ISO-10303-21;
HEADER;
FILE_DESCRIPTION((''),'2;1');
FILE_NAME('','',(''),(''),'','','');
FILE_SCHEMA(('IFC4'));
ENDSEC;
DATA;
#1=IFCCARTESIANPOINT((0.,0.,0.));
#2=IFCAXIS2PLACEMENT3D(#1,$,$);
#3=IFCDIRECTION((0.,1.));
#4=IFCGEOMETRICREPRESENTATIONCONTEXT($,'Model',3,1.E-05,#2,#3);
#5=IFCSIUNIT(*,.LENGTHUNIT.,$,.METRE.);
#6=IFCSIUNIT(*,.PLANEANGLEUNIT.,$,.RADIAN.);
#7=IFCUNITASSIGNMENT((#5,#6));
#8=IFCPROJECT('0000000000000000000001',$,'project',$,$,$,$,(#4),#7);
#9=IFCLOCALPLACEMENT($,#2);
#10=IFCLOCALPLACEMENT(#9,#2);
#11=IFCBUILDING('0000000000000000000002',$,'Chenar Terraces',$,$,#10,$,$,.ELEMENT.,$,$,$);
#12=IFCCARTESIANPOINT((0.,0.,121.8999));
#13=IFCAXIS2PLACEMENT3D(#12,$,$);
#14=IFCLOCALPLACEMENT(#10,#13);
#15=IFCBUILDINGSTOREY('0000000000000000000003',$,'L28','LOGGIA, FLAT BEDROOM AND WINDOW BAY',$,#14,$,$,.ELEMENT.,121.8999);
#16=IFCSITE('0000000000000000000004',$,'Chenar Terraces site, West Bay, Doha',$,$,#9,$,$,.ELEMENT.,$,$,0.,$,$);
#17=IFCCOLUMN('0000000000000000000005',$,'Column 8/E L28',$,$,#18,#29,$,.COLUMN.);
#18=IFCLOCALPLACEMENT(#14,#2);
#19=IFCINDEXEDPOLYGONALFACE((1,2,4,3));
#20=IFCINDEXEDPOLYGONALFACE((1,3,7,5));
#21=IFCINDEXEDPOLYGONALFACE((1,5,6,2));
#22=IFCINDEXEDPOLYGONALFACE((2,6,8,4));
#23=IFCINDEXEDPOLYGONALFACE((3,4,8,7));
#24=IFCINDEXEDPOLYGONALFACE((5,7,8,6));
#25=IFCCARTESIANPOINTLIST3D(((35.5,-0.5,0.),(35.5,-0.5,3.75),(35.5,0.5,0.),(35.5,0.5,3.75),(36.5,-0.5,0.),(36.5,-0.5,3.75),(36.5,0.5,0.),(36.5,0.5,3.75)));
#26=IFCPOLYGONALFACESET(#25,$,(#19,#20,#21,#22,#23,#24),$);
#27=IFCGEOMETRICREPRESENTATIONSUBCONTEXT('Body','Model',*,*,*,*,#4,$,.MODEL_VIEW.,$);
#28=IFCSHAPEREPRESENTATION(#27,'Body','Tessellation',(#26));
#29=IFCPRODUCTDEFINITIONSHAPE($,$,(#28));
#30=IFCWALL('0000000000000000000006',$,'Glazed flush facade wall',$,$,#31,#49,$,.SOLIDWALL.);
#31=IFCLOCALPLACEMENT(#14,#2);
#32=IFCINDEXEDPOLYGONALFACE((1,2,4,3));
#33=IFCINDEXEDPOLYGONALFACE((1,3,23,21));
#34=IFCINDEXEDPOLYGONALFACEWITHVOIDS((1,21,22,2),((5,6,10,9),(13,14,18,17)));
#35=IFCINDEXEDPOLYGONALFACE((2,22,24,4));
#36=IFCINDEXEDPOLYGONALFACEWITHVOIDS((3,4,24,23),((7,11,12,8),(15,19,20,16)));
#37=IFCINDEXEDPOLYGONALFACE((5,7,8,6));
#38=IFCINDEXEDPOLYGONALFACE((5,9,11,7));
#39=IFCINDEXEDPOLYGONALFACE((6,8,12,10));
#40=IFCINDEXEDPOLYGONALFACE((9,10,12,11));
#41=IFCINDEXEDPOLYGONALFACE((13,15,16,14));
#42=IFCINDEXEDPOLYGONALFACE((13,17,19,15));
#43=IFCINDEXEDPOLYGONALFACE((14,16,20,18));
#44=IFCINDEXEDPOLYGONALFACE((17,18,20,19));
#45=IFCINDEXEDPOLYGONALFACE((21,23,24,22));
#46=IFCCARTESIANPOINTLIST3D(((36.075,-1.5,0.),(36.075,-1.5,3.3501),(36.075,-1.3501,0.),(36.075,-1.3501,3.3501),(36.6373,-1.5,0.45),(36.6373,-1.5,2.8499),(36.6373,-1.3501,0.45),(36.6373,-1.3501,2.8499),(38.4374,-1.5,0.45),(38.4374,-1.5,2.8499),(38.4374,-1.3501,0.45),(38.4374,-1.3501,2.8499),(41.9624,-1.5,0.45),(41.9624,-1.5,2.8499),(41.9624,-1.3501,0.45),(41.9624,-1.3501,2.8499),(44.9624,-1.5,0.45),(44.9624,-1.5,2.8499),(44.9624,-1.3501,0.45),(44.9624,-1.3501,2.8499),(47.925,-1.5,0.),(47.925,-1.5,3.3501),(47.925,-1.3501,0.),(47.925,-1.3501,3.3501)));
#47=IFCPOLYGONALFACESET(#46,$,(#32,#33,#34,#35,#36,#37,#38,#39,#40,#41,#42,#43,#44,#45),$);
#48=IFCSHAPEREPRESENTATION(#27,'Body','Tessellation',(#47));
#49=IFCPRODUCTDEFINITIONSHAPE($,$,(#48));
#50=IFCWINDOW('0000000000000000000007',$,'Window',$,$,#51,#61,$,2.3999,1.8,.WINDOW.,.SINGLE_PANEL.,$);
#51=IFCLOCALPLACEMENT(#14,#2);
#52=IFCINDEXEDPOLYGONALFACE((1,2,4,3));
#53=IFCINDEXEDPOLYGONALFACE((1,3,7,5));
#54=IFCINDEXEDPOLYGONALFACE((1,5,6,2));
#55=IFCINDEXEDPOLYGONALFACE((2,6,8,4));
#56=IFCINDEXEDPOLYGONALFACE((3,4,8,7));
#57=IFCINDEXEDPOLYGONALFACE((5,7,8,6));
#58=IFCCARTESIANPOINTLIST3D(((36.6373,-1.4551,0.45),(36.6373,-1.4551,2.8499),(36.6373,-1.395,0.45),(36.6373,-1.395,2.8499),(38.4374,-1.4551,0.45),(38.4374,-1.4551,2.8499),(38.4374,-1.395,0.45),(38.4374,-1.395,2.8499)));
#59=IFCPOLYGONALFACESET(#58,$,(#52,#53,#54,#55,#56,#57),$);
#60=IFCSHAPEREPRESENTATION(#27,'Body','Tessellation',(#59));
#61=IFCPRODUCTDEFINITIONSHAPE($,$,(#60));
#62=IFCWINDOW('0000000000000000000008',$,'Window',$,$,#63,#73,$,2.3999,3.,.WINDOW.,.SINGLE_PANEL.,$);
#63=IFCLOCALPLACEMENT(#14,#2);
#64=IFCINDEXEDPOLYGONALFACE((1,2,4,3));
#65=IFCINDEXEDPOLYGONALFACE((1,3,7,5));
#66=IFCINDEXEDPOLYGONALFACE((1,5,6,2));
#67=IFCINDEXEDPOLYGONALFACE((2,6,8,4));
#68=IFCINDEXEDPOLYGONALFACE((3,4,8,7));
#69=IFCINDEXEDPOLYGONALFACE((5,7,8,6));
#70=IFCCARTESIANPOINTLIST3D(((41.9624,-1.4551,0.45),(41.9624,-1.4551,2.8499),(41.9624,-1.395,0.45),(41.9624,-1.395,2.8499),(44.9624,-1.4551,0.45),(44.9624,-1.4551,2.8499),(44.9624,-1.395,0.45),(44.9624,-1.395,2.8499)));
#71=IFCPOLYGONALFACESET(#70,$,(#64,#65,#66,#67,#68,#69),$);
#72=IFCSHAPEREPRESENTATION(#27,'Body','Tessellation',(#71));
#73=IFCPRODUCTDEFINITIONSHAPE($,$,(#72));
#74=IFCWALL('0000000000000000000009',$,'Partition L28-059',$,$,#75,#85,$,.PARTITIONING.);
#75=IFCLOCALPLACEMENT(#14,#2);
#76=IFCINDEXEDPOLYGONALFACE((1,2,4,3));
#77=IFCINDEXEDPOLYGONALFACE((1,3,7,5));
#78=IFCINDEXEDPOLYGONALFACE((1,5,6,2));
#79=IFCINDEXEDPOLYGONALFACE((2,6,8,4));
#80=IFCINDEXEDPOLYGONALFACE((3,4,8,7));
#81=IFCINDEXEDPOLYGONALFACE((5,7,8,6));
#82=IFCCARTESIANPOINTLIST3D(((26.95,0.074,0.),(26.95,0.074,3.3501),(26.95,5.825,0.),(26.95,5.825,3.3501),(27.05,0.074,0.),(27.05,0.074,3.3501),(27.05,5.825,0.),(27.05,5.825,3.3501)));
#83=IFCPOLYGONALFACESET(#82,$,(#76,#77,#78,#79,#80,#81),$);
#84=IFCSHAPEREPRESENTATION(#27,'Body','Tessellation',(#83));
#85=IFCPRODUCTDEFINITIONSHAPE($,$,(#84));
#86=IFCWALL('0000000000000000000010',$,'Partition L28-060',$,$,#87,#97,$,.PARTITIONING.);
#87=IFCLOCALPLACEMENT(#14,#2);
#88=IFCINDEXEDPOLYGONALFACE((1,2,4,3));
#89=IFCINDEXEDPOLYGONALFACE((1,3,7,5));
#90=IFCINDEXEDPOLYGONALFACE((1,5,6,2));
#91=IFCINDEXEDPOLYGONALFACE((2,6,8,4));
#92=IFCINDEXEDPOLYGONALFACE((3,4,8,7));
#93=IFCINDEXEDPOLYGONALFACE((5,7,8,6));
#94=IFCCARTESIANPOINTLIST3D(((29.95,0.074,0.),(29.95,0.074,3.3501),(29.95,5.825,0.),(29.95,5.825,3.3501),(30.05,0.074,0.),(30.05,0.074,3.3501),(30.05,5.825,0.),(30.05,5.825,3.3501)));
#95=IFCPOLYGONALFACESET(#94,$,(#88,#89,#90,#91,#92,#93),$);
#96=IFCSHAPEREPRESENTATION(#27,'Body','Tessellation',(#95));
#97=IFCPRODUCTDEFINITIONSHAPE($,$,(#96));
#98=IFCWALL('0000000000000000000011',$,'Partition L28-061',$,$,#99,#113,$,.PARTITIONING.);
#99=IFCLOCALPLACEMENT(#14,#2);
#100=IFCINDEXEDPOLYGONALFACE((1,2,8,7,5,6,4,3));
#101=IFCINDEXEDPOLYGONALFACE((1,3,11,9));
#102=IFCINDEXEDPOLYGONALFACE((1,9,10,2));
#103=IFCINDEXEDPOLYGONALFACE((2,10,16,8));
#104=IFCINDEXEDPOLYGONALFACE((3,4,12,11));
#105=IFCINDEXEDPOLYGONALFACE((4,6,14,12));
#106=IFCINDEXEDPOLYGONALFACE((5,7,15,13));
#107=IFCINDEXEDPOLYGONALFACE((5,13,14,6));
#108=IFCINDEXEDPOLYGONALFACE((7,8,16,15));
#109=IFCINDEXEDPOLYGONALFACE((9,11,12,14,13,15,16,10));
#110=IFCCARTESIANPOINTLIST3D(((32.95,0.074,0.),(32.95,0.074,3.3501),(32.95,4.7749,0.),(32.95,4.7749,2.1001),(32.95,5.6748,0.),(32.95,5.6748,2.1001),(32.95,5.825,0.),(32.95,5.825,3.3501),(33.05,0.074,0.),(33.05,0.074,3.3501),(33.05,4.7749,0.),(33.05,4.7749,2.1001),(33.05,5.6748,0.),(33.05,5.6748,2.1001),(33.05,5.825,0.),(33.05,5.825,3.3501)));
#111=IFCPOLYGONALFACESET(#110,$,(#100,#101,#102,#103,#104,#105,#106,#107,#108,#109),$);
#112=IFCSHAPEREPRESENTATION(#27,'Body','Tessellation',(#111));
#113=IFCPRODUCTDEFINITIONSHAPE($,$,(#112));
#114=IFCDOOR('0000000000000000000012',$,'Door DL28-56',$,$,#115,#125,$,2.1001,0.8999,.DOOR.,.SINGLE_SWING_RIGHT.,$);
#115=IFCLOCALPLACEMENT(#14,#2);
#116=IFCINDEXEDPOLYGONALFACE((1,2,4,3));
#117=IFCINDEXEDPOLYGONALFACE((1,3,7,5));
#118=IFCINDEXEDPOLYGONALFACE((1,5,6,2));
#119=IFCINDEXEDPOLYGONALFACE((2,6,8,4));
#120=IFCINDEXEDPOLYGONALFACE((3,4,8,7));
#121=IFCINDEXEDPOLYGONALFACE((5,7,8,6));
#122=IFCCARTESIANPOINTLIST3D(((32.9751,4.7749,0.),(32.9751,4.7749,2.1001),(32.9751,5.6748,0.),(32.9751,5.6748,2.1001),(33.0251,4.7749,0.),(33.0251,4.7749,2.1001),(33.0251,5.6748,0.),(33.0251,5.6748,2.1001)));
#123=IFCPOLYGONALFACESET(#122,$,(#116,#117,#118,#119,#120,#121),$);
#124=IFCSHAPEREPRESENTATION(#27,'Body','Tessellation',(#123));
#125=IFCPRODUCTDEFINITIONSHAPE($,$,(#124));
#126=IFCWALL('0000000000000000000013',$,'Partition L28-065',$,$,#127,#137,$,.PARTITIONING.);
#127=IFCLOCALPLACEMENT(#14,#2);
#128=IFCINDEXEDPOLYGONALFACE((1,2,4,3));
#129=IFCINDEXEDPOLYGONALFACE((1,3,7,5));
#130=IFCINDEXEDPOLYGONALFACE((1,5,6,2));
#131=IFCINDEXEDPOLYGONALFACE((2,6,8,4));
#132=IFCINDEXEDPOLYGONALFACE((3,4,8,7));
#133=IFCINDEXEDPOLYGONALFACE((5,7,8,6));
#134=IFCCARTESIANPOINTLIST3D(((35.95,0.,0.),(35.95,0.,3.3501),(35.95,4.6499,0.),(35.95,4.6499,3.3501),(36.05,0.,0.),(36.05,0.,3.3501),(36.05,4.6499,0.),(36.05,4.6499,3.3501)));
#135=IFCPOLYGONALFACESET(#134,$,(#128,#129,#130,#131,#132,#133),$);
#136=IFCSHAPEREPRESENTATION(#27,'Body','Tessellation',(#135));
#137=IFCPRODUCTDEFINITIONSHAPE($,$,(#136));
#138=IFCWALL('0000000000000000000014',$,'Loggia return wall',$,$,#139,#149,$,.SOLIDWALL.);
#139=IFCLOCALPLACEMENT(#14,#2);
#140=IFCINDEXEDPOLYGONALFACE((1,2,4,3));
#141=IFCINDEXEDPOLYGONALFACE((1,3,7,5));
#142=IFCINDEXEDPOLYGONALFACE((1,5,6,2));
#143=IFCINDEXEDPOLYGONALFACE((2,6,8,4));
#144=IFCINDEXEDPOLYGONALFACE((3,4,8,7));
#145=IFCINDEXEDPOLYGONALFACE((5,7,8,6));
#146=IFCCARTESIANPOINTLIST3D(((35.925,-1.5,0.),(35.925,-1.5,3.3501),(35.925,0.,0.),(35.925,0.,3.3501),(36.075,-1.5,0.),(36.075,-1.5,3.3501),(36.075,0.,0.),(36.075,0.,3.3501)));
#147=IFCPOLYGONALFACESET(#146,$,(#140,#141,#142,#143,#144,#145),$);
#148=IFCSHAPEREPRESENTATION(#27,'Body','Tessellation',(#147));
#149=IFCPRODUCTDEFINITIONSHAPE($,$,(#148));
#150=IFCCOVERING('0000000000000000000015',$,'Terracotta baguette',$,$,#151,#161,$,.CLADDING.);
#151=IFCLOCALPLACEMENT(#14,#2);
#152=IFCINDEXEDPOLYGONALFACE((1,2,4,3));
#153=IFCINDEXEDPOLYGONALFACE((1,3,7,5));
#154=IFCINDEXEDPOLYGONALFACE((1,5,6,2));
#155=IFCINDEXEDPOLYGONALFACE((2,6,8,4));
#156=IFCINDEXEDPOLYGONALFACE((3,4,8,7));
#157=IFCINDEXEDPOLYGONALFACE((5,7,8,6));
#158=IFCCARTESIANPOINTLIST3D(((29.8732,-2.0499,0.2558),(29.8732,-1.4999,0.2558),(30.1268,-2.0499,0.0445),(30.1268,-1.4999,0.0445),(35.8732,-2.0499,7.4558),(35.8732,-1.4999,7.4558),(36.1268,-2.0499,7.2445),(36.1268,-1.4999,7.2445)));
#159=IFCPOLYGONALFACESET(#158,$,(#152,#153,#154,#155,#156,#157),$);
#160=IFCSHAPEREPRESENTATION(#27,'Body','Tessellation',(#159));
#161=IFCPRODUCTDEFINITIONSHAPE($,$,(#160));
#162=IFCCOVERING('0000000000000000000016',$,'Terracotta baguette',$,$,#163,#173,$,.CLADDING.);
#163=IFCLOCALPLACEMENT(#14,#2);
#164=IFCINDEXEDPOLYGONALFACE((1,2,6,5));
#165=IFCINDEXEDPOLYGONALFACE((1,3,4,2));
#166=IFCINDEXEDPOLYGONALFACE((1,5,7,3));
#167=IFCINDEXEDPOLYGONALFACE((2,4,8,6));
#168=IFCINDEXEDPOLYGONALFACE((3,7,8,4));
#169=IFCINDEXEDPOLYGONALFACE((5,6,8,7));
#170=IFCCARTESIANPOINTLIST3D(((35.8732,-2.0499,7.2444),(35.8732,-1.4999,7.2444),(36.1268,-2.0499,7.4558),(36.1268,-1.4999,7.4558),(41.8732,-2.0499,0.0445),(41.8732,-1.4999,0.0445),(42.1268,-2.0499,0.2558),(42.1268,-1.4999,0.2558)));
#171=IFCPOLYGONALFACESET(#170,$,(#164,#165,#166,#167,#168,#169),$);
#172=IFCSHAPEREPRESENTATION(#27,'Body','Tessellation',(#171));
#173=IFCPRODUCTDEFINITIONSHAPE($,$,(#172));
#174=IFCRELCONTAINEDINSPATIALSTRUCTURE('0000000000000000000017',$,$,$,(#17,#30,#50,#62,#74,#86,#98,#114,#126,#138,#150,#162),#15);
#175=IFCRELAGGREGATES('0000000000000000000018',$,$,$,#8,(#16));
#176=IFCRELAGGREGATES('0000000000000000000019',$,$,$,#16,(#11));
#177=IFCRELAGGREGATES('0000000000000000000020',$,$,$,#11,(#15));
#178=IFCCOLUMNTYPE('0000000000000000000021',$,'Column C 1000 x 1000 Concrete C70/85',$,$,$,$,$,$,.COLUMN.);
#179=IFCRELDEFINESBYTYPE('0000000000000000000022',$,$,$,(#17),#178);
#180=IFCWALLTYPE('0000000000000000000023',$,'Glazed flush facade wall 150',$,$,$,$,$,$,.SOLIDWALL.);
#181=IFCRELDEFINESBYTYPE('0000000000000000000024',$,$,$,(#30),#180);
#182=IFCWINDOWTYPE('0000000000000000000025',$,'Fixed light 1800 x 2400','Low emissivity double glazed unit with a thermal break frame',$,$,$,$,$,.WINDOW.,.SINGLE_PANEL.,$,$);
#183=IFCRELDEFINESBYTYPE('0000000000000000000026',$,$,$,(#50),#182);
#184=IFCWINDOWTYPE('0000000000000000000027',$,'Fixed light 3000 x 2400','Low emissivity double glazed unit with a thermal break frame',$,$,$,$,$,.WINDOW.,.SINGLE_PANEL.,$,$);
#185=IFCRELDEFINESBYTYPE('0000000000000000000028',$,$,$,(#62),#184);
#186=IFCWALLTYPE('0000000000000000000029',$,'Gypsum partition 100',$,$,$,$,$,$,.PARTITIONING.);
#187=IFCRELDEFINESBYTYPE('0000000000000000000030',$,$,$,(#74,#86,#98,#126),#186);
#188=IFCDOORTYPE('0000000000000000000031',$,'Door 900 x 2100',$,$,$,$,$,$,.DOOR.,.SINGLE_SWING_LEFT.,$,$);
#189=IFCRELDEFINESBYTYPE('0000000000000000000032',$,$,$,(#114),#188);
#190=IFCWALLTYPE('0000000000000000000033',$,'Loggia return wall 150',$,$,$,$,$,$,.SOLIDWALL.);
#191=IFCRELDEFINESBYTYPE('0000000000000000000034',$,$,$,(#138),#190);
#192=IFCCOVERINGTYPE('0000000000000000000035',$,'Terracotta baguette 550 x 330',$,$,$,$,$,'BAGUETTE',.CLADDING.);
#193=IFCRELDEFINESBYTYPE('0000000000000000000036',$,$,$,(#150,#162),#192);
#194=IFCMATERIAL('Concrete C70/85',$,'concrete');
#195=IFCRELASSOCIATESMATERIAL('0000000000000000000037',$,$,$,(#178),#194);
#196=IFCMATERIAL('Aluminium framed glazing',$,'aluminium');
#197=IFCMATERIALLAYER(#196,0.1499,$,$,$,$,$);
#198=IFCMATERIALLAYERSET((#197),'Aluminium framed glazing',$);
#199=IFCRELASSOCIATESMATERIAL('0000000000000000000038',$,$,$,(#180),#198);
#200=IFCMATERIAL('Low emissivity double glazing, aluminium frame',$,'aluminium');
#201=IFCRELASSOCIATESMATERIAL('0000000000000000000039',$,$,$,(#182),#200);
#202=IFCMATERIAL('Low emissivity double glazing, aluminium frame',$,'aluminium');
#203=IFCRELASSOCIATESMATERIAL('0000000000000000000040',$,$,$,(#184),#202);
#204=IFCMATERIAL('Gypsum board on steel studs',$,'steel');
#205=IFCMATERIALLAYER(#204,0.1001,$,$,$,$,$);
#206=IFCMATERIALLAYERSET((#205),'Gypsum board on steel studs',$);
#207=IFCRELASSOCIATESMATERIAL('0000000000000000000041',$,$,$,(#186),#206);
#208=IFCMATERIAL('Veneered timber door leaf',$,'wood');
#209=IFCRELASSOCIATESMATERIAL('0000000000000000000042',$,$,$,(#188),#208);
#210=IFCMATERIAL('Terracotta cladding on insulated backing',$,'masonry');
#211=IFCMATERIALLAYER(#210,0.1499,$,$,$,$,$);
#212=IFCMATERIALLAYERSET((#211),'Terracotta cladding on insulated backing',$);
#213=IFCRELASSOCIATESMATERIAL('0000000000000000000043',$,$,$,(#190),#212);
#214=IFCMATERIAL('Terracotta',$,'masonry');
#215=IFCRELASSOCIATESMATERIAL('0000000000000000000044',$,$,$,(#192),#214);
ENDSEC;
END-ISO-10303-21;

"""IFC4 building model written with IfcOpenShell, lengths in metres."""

from ifc_helpers import new_model, si_unit, direction, frame, frame_2d, origin, origin_2d, place, context, subcontext, project, spatial, rectangle, extrude, material, layer, layer_set, material_profile, profile_set, type_object, element, fill, save


model = new_model("IFC4")

# Units and contexts
model_context = context("Model", 3, precision=1e-05, world=origin(), true_north=direction((0.0, 1.0)))
body_context = subcontext(model_context, "Body", "Model", "MODEL_VIEW")
ifc_project = project(units=[si_unit("LENGTHUNIT", "METRE"), si_unit("PLANEANGLEUNIT", "RADIAN")], contexts=[model_context])

# Site, building, storey
site_placement = place(None, origin())
site = spatial("IfcSite", under=ifc_project, at=site_placement, Name="Chenar Terraces site, West Bay, Doha", CompositionType="ELEMENT", RefElevation=0.0)
building_placement = place(site_placement, origin())
building = spatial("IfcBuilding", under=site, at=building_placement, Name="Chenar Terraces", CompositionType="ELEMENT")
storey_placement = place(building_placement, frame((0.0, 0.0, 121.8999)))
storey = spatial("IfcBuildingStorey", under=building, at=storey_placement, Name="L28", Description="LOGGIA, FLAT BEDROOM AND WINDOW BAY", CompositionType="ELEMENT", Elevation=121.8999)

# Column
ifc_material_1 = material(Name="Concrete C70/85", Category="concrete")
ifc_material_profile_1 = material_profile(ifc_material_1, rectangle(XDim=1.0, YDim=1.0, at=origin_2d()), Name="C 1000 x 1000")
ifc_profile_set_1 = profile_set([ifc_material_profile_1], Name="Concrete C70/85")
column_type = type_object("IfcColumnType", Name="Column C 1000 x 1000 Concrete C70/85", PredefinedType="COLUMN", material=ifc_profile_set_1)
column_placement = place(storey_placement, frame((36.0, 0.0, 0.0), z_axis=(0.0, 0.0, 1.0), x_axis=(1.0, 0.0, 0.0)))
element("IfcColumn", 1, at=column_placement, inside=storey, type_object=column_type, Name="Column 8/E L28", PredefinedType="COLUMN", context=body_context, shape_type="SweptSolid", body=[
    extrude(rectangle(XDim=1.0, YDim=1.0, at=origin_2d()), origin(), (0.0, 0.0, 1.0), 3.75),
])

# Wall, openings, windows
ifc_material_2 = material(Name="Aluminium framed glazing", Category="aluminium")
ifc_layer_1 = layer(ifc_material_2, 0.1499)
ifc_layer_set_1 = layer_set([ifc_layer_1], Name="Aluminium framed glazing")
wall_type_1 = type_object("IfcWallType", Name="Glazed flush facade wall 150", PredefinedType="SOLIDWALL", material=ifc_layer_set_1)
wall_1_placement = place(storey_placement, frame((36.075, -1.425, 0.0), z_axis=(0.0, 0.0, 1.0), x_axis=(1.0, 0.0, 0.0)))
wall_1 = element("IfcWall", 2, at=wall_1_placement, inside=storey, type_object=wall_type_1, Name="Glazed flush facade wall", PredefinedType="SOLIDWALL", context=body_context, shape_type="SweptSolid", body=[
    extrude(rectangle(XDim=11.8501, YDim=0.1499, at=frame_2d((5.925, 0.0))), origin(), (0.0, 0.0, 1.0), 3.3501),
])
opening_1_placement = place(wall_1_placement, frame((0.5625, 0.0, 0.45)))
opening_1 = element("IfcOpeningElement", 3, at=opening_1_placement, cuts=wall_1, PredefinedType="OPENING", context=body_context, shape_type="SweptSolid", body=[
    extrude(rectangle(XDim=1.8, YDim=2.3999, at=frame_2d((0.8999, 1.2))), frame((0.0, 0.085, 0.0), z_axis=(0.0, -1.0, 0.0), x_axis=(1.0, 0.0, 0.0)), (0.0, 0.0, 1.0), 0.1699),
])
opening_2_placement = place(wall_1_placement, frame((5.8875, 0.0, 0.45)))
opening_2 = element("IfcOpeningElement", 4, at=opening_2_placement, cuts=wall_1, PredefinedType="OPENING", context=body_context, shape_type="SweptSolid", body=[
    extrude(rectangle(XDim=3.0, YDim=2.3999, at=frame_2d((1.5, 1.2))), frame((0.0, 0.085, 0.0), z_axis=(0.0, -1.0, 0.0), x_axis=(1.0, 0.0, 0.0)), (0.0, 0.0, 1.0), 0.1699),
])
ifc_material_3 = material(Name="Low emissivity double glazing, aluminium frame", Category="aluminium")
window_type_1 = type_object("IfcWindowType", Name="Fixed light 1800 x 2400", Description="Low emissivity double glazed unit with a thermal break frame", PartitioningType="SINGLE_PANEL", PredefinedType="WINDOW", material=ifc_material_3)
window_1_placement = place(opening_1_placement, origin())
window_1 = element("IfcWindow", 5, at=window_1_placement, inside=storey, type_object=window_type_1, Name="Window", OverallHeight=2.3999, OverallWidth=1.8, PartitioningType="SINGLE_PANEL", PredefinedType="WINDOW", context=body_context, shape_type="SweptSolid", body=[
    extrude(rectangle(XDim=1.8, YDim=2.3999, at=frame_2d((0.8999, 1.2))), frame((0.0, 0.03, 0.0), z_axis=(0.0, -1.0, 0.0), x_axis=(1.0, 0.0, 0.0)), (0.0, 0.0, 1.0), 0.0601),
])
fill(opening_1, window_1)
ifc_material_4 = material(Name="Low emissivity double glazing, aluminium frame", Category="aluminium")
window_type_2 = type_object("IfcWindowType", Name="Fixed light 3000 x 2400", Description="Low emissivity double glazed unit with a thermal break frame", PartitioningType="SINGLE_PANEL", PredefinedType="WINDOW", material=ifc_material_4)
window_2_placement = place(opening_2_placement, origin())
window_2 = element("IfcWindow", 6, at=window_2_placement, inside=storey, type_object=window_type_2, Name="Window", OverallHeight=2.3999, OverallWidth=3.0, PartitioningType="SINGLE_PANEL", PredefinedType="WINDOW", context=body_context, shape_type="SweptSolid", body=[
    extrude(rectangle(XDim=3.0, YDim=2.3999, at=frame_2d((1.5, 1.2))), frame((0.0, 0.03, 0.0), z_axis=(0.0, -1.0, 0.0), x_axis=(1.0, 0.0, 0.0)), (0.0, 0.0, 1.0), 0.0601),
])
fill(opening_2, window_2)

# Walls
ifc_material_5 = material(Name="Gypsum board on steel studs", Category="steel")
ifc_layer_2 = layer(ifc_material_5, 0.1001)
ifc_layer_set_2 = layer_set([ifc_layer_2], Name="Gypsum board on steel studs")
wall_type_2 = type_object("IfcWallType", Name="Gypsum partition 100", PredefinedType="PARTITIONING", material=ifc_layer_set_2)
for number, where, z_axis, x_axis, name in (
    (7, (27.0, 0.074, 0.0), (0.0, 0.0, 1.0), (0.0, 1.0, 0.0), "Partition L28-059"),
    (8, (30.0, 0.074, 0.0), (0.0, 0.0, 1.0), (0.0, 1.0, 0.0), "Partition L28-060"),
):
    element("IfcWall", number, at=place(storey_placement, frame(where, z_axis=z_axis, x_axis=x_axis)), inside=storey, type_object=wall_type_2, Name=name, PredefinedType="PARTITIONING", context=body_context, shape_type="SweptSolid", body=[
        extrude(rectangle(XDim=5.751, YDim=0.1001, at=frame_2d((2.8755, 0.0))), origin(), (0.0, 0.0, 1.0), 3.3501),
    ])

# Wall, opening, door
wall_2_placement = place(storey_placement, frame((33.0, 0.074, 0.0), z_axis=(0.0, 0.0, 1.0), x_axis=(0.0, 1.0, 0.0)))
wall_2 = element("IfcWall", 9, at=wall_2_placement, inside=storey, type_object=wall_type_2, Name="Partition L28-061", PredefinedType="PARTITIONING", context=body_context, shape_type="SweptSolid", body=[
    extrude(rectangle(XDim=5.751, YDim=0.1001, at=frame_2d((2.8755, 0.0))), origin(), (0.0, 0.0, 1.0), 3.3501),
])
opening_3_placement = place(wall_2_placement, frame((4.7009, 0.0, 0.0)))
opening_3 = element("IfcOpeningElement", 10, at=opening_3_placement, cuts=wall_2, PredefinedType="OPENING", context=body_context, shape_type="SweptSolid", body=[
    extrude(rectangle(XDim=0.8999, YDim=2.1001, at=frame_2d((0.45, 1.05))), frame((0.0, 0.0601, 0.0), z_axis=(0.0, -1.0, 0.0), x_axis=(1.0, 0.0, 0.0)), (0.0, 0.0, 1.0), 0.1201),
])
ifc_material_6 = material(Name="Veneered timber door leaf", Category="wood")
door_type = type_object("IfcDoorType", Name="Door 900 x 2100", OperationType="SINGLE_SWING_LEFT", PredefinedType="DOOR", material=ifc_material_6)
door_placement = place(opening_3_placement, origin())
door = element("IfcDoor", 11, at=door_placement, inside=storey, type_object=door_type, Name="Door DL28-56", OperationType="SINGLE_SWING_RIGHT", OverallHeight=2.1001, OverallWidth=0.8999, PredefinedType="DOOR", context=body_context, shape_type="SweptSolid", body=[
    extrude(rectangle(XDim=0.8999, YDim=2.1001, at=frame_2d((0.45, 1.05))), frame((0.0, 0.0249, 0.0), z_axis=(0.0, -1.0, 0.0), x_axis=(1.0, 0.0, 0.0)), (0.0, 0.0, 1.0), 0.05),
])
fill(opening_3, door)

# Walls
wall_3_placement = place(storey_placement, frame((36.0, 0.0, 0.0), z_axis=(0.0, 0.0, 1.0), x_axis=(0.0, 1.0, 0.0)))
element("IfcWall", 12, at=wall_3_placement, inside=storey, type_object=wall_type_2, Name="Partition L28-065", PredefinedType="PARTITIONING", context=body_context, shape_type="SweptSolid", body=[
    extrude(rectangle(XDim=4.6499, YDim=0.1001, at=frame_2d((2.325, 0.0))), origin(), (0.0, 0.0, 1.0), 3.3501),
])
ifc_material_7 = material(Name="Terracotta cladding on insulated backing", Category="masonry")
ifc_layer_3 = layer(ifc_material_7, 0.1499)
ifc_layer_set_3 = layer_set([ifc_layer_3], Name="Terracotta cladding on insulated backing")
wall_type_3 = type_object("IfcWallType", Name="Loggia return wall 150", PredefinedType="SOLIDWALL", material=ifc_layer_set_3)
wall_4_placement = place(storey_placement, frame((36.0, -1.5, 0.0), z_axis=(0.0, 0.0, 1.0), x_axis=(0.0, 1.0, 0.0)))
element("IfcWall", 13, at=wall_4_placement, inside=storey, type_object=wall_type_3, Name="Loggia return wall", PredefinedType="SOLIDWALL", context=body_context, shape_type="SweptSolid", body=[
    extrude(rectangle(XDim=1.5, YDim=0.1499, at=frame_2d((0.75, 0.0))), origin(), (0.0, 0.0, 1.0), 3.3501),
])

# Coverings
ifc_material_8 = material(Name="Terracotta", Category="masonry")
ifc_material_profile_2 = material_profile(ifc_material_8, rectangle(XDim=0.55, YDim=0.3301, at=origin_2d()), Name="Terracotta baguette 550 x 330")
ifc_profile_set_2 = profile_set([ifc_material_profile_2], Name="Terracotta")
covering_type = type_object("IfcCoveringType", Name="Terracotta baguette 550 x 330", ElementType="BAGUETTE", PredefinedType="CLADDING", material=ifc_profile_set_2)
for number, where, z_axis, x_axis, name in (
    (14, (30.0, -1.7749, 0.1501), (0.640187, 0.0, 0.768219), (0.0, 1.0, 0.0), "Terracotta baguette"),
    (15, (36.0, -1.7749, 7.3501), (0.640187, 0.0, -0.768219), (0.0, 1.0, 0.0), "Terracotta baguette"),
):
    element("IfcCovering", number, at=place(storey_placement, frame(where, z_axis=z_axis, x_axis=x_axis)), inside=storey, type_object=covering_type, Name=name, PredefinedType="CLADDING", context=body_context, shape_type="SweptSolid", body=[
        extrude(rectangle(XDim=0.55, YDim=0.3301, at=origin_2d()), origin(), (0.0, 0.0, 1.0), 9.3723),
    ])

save(model, "model.ifc")
